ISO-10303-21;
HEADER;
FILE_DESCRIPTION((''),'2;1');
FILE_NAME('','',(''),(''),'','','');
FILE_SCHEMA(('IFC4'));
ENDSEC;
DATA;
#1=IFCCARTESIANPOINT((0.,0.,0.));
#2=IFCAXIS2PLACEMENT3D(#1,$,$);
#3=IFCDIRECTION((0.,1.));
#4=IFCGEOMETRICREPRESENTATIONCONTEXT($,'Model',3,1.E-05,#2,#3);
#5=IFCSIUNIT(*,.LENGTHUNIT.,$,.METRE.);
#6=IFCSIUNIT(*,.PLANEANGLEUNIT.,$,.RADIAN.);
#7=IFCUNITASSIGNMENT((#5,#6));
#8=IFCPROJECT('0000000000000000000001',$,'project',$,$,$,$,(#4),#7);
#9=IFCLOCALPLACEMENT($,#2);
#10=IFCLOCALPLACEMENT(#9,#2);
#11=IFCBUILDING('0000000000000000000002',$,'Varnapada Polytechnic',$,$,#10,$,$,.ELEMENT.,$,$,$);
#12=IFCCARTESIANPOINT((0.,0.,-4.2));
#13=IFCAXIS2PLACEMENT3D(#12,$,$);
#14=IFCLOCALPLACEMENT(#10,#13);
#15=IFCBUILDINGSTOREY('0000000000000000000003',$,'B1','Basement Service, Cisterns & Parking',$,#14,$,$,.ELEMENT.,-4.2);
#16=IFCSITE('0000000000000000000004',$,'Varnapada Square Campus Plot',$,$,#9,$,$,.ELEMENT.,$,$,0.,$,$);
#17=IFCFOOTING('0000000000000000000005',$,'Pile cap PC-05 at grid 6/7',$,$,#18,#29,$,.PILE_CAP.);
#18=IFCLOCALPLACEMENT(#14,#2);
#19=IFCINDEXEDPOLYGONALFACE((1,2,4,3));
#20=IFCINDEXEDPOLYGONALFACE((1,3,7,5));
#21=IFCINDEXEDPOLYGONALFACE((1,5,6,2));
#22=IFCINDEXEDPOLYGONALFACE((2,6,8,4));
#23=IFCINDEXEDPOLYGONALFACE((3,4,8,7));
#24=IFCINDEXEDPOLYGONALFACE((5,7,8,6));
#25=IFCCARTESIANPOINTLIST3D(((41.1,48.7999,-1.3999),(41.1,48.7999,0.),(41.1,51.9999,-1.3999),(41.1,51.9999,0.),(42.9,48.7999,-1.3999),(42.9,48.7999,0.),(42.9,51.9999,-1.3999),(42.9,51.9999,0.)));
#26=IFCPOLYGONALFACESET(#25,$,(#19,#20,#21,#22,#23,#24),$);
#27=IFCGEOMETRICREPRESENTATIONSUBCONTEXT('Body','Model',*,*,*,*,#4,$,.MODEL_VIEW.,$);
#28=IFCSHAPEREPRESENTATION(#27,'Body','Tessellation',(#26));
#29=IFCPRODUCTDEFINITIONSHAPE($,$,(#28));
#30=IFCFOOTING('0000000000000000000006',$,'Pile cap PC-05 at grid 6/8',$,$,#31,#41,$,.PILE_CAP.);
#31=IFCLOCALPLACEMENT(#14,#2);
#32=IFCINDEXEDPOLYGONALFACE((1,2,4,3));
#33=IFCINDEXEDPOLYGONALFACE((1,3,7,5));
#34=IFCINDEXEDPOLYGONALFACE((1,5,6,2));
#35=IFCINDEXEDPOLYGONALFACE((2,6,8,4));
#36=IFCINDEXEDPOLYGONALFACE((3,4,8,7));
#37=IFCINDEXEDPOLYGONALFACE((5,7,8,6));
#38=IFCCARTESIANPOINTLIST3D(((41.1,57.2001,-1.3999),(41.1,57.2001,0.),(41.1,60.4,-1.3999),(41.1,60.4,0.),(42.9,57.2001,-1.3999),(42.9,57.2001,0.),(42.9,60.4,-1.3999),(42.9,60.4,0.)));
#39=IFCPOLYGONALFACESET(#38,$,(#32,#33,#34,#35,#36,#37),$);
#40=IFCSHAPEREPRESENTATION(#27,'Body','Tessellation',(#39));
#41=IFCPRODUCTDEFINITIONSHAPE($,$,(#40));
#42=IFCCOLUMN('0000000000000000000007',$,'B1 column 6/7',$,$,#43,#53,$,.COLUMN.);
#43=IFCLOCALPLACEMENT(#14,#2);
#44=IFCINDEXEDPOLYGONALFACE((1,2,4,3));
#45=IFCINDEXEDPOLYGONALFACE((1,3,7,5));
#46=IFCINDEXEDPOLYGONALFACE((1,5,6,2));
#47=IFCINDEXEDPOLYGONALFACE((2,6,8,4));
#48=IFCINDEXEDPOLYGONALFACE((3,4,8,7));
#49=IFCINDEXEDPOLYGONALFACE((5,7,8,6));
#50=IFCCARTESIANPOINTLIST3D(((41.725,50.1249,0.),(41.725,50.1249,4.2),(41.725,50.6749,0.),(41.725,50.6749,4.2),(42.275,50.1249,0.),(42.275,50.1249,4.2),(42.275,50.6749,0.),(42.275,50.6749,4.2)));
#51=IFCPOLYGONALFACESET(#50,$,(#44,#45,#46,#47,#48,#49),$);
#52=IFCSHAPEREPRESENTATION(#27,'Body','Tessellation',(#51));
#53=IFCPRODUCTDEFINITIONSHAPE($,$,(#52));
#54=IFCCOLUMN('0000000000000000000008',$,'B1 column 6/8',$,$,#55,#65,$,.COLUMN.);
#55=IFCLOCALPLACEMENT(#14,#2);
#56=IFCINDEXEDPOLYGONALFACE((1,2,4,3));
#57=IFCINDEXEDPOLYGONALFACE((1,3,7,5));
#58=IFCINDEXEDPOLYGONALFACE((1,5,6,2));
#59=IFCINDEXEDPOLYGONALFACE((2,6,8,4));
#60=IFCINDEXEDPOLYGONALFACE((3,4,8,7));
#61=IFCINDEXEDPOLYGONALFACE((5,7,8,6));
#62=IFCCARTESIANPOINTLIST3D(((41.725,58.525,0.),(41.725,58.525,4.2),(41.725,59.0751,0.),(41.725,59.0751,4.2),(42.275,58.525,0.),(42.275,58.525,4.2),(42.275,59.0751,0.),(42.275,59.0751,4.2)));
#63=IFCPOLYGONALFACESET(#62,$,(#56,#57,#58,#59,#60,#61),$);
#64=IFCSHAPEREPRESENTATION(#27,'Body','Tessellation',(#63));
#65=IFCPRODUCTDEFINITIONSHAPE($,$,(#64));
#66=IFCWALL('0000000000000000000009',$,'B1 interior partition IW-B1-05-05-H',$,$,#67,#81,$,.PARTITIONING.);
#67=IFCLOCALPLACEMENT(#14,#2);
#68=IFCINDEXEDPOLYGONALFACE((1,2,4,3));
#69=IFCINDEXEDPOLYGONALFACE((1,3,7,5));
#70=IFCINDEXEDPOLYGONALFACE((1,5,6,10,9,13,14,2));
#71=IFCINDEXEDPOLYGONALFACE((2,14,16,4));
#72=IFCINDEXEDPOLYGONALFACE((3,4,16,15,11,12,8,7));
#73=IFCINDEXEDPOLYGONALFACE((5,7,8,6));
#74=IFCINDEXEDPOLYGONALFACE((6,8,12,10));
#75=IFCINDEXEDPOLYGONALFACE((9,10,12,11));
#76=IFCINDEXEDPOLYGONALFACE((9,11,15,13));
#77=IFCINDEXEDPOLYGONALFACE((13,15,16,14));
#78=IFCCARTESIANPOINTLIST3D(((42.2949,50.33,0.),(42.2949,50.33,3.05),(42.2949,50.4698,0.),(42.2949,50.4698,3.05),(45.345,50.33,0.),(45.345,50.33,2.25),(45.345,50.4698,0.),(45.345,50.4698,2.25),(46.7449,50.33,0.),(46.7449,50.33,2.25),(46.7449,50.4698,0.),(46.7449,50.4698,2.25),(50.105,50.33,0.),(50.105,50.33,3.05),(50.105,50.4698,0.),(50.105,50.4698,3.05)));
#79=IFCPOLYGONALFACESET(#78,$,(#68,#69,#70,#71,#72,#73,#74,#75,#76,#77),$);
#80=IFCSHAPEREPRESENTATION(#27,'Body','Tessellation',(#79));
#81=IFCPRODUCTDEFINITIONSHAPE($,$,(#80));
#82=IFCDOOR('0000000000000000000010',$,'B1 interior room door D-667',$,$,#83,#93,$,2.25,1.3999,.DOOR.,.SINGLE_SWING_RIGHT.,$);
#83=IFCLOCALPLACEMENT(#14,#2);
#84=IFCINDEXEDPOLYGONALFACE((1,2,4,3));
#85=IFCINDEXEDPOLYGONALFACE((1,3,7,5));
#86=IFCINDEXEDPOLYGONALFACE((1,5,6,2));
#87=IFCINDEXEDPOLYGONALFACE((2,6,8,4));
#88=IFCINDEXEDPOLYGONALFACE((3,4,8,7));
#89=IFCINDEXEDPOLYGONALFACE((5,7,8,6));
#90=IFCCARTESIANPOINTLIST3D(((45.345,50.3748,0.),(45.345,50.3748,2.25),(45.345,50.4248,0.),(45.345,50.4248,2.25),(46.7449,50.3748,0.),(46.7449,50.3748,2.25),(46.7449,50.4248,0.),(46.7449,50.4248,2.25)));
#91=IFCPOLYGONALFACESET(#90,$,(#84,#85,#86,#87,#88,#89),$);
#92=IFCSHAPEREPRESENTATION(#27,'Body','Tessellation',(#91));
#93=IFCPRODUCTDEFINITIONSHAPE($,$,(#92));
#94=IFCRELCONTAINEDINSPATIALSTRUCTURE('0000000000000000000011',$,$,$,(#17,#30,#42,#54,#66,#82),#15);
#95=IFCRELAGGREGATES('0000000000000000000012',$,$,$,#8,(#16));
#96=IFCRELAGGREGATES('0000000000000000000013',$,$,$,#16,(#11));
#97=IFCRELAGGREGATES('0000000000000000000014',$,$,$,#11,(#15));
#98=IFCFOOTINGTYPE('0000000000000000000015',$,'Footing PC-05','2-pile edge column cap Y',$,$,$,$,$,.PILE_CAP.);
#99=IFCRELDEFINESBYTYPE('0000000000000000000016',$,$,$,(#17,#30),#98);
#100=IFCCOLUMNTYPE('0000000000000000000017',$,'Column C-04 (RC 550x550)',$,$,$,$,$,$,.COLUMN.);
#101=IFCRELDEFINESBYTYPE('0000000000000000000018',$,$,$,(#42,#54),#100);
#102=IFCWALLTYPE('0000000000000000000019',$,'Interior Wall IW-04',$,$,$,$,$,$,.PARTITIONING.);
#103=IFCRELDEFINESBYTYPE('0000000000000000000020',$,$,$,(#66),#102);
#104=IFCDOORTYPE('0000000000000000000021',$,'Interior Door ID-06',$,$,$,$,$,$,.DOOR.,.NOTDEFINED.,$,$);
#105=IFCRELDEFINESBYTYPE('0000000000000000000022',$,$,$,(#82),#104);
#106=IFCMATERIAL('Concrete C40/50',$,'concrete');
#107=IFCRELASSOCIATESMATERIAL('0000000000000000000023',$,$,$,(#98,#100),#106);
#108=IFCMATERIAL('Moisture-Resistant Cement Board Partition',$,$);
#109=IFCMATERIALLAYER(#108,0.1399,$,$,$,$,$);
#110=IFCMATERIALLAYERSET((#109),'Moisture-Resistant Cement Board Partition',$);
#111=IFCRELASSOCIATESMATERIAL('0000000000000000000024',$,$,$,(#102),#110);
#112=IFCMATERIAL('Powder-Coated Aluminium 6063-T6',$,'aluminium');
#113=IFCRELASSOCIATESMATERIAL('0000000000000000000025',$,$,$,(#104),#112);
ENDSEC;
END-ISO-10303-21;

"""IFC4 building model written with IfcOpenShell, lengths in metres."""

from ifc_helpers import new_model, si_unit, direction, frame, frame_2d, origin, origin_2d, place, context, subcontext, project, spatial, rectangle, extrude, material, layer, layer_set, material_profile, profile_set, type_object, element, fill, save


model = new_model("IFC4")

# Units and contexts
model_context = context("Model", 3, precision=1e-05, world=origin(), true_north=direction((0.0, 1.0)))
body_context = subcontext(model_context, "Body", "Model", "MODEL_VIEW")
ifc_project = project(units=[si_unit("LENGTHUNIT", "METRE"), si_unit("PLANEANGLEUNIT", "RADIAN")], contexts=[model_context])

# Site, building, storey
site_placement = place(None, origin())
site = spatial("IfcSite", under=ifc_project, at=site_placement, Name="Varnapada Square Campus Plot", CompositionType="ELEMENT", RefElevation=0.0)
building_placement = place(site_placement, origin())
building = spatial("IfcBuilding", under=site, at=building_placement, Name="Varnapada Polytechnic", CompositionType="ELEMENT")
storey_placement = place(building_placement, frame((0.0, 0.0, -4.2)))
storey = spatial("IfcBuildingStorey", under=building, at=storey_placement, Name="B1", Description="Basement Service, Cisterns & Parking", CompositionType="ELEMENT", Elevation=-4.2)

# Shared definitions
ifc_material_1 = material(Name="Concrete C40/50", Category="concrete")

# Footings
footing_type_1 = type_object("IfcFootingType", Name="Footing PC-05", Description="2-pile edge column cap Y", PredefinedType="PILE_CAP", material=ifc_material_1)
for number, where, z_axis, x_axis, name in (
    (1, (42.0, 50.3999, -1.3999), (0.0, 0.0, 1.0), (1.0, 0.0, 0.0), "Pile cap PC-05 at grid 6/7"),
    (2, (42.0, 58.8, -1.3999), (0.0, 0.0, 1.0), (1.0, 0.0, 0.0), "Pile cap PC-05 at grid 6/8"),
):
    element("IfcFooting", number, at=place(storey_placement, frame(where, z_axis=z_axis, x_axis=x_axis)), inside=storey, type_object=footing_type_1, Name=name, PredefinedType="PILE_CAP", context=body_context, shape_type="SweptSolid", body=[
        extrude(rectangle(XDim=1.8, YDim=3.2, at=origin_2d()), origin(), (0.0, 0.0, 1.0), 1.3999),
    ])

# Columns
ifc_material_profile_1 = material_profile(ifc_material_1, rectangle(XDim=0.55, YDim=0.55, at=origin_2d()), Name="RC 550x550")
ifc_profile_set_1 = profile_set([ifc_material_profile_1], Name="Concrete C40/50")
column_type = type_object("IfcColumnType", Name="Column C-04 (RC 550x550)", PredefinedType="COLUMN", material=ifc_profile_set_1)
for number, where, z_axis, x_axis, name in (
    (3, (42.0, 50.3999, 0.0), (0.0, 0.0, 1.0), (1.0, 0.0, 0.0), "B1 column 6/7"),
    (4, (42.0, 58.8, 0.0), (0.0, 0.0, 1.0), (1.0, 0.0, 0.0), "B1 column 6/8"),
):
    element("IfcColumn", number, at=place(storey_placement, frame(where, z_axis=z_axis, x_axis=x_axis)), inside=storey, type_object=column_type, Name=name, PredefinedType="COLUMN", context=body_context, shape_type="SweptSolid", body=[
        extrude(rectangle(XDim=0.55, YDim=0.55, at=origin_2d()), origin(), (0.0, 0.0, 1.0), 4.2),
    ])

# Wall, opening, door
ifc_material_2 = material(Name="Moisture-Resistant Cement Board Partition")
ifc_layer = layer(ifc_material_2, 0.1399)
ifc_layer_set = layer_set([ifc_layer], Name="Moisture-Resistant Cement Board Partition")
wall_type = type_object("IfcWallType", Name="Interior Wall IW-04", PredefinedType="PARTITIONING", material=ifc_layer_set)
wall_placement = place(storey_placement, frame((42.2949, 50.3999, 0.0), z_axis=(0.0, 0.0, 1.0), x_axis=(1.0, 0.0, 0.0)))
wall = element("IfcWall", 5, at=wall_placement, inside=storey, type_object=wall_type, Name="B1 interior partition IW-B1-05-05-H", PredefinedType="PARTITIONING", context=body_context, shape_type="SweptSolid", body=[
    extrude(rectangle(XDim=7.8101, YDim=0.1399, at=frame_2d((3.905, 0.0))), origin(), (0.0, 0.0, 1.0), 3.05),
])
opening_placement = place(wall_placement, frame((3.05, 0.0, 0.0)))
opening = element("IfcOpeningElement", 6, at=opening_placement, cuts=wall, PredefinedType="OPENING", context=body_context, shape_type="SweptSolid", body=[
    extrude(rectangle(XDim=1.3999, YDim=2.25, at=frame_2d((0.7, 1.125))), frame((0.0, 0.0798, 0.0), z_axis=(0.0, -1.0, 0.0), x_axis=(1.0, 0.0, 0.0)), (0.0, 0.0, 1.0), 0.1599),
])
ifc_material_3 = material(Name="Powder-Coated Aluminium 6063-T6", Category="aluminium")
door_type = type_object("IfcDoorType", Name="Interior Door ID-06", OperationType="NOTDEFINED", PredefinedType="DOOR", material=ifc_material_3)
door_placement = place(opening_placement, origin())
door = element("IfcDoor", 7, at=door_placement, inside=storey, type_object=door_type, Name="B1 interior room door D-667", OperationType="SINGLE_SWING_RIGHT", OverallHeight=2.25, OverallWidth=1.3999, PredefinedType="DOOR", context=body_context, shape_type="SweptSolid", body=[
    extrude(rectangle(XDim=1.3999, YDim=2.25, at=frame_2d((0.7, 1.125))), frame((0.0, 0.0249, 0.0), z_axis=(0.0, -1.0, 0.0), x_axis=(1.0, 0.0, 0.0)), (0.0, 0.0, 1.0), 0.05),
])
fill(opening, door)

save(model, "model.ifc")
